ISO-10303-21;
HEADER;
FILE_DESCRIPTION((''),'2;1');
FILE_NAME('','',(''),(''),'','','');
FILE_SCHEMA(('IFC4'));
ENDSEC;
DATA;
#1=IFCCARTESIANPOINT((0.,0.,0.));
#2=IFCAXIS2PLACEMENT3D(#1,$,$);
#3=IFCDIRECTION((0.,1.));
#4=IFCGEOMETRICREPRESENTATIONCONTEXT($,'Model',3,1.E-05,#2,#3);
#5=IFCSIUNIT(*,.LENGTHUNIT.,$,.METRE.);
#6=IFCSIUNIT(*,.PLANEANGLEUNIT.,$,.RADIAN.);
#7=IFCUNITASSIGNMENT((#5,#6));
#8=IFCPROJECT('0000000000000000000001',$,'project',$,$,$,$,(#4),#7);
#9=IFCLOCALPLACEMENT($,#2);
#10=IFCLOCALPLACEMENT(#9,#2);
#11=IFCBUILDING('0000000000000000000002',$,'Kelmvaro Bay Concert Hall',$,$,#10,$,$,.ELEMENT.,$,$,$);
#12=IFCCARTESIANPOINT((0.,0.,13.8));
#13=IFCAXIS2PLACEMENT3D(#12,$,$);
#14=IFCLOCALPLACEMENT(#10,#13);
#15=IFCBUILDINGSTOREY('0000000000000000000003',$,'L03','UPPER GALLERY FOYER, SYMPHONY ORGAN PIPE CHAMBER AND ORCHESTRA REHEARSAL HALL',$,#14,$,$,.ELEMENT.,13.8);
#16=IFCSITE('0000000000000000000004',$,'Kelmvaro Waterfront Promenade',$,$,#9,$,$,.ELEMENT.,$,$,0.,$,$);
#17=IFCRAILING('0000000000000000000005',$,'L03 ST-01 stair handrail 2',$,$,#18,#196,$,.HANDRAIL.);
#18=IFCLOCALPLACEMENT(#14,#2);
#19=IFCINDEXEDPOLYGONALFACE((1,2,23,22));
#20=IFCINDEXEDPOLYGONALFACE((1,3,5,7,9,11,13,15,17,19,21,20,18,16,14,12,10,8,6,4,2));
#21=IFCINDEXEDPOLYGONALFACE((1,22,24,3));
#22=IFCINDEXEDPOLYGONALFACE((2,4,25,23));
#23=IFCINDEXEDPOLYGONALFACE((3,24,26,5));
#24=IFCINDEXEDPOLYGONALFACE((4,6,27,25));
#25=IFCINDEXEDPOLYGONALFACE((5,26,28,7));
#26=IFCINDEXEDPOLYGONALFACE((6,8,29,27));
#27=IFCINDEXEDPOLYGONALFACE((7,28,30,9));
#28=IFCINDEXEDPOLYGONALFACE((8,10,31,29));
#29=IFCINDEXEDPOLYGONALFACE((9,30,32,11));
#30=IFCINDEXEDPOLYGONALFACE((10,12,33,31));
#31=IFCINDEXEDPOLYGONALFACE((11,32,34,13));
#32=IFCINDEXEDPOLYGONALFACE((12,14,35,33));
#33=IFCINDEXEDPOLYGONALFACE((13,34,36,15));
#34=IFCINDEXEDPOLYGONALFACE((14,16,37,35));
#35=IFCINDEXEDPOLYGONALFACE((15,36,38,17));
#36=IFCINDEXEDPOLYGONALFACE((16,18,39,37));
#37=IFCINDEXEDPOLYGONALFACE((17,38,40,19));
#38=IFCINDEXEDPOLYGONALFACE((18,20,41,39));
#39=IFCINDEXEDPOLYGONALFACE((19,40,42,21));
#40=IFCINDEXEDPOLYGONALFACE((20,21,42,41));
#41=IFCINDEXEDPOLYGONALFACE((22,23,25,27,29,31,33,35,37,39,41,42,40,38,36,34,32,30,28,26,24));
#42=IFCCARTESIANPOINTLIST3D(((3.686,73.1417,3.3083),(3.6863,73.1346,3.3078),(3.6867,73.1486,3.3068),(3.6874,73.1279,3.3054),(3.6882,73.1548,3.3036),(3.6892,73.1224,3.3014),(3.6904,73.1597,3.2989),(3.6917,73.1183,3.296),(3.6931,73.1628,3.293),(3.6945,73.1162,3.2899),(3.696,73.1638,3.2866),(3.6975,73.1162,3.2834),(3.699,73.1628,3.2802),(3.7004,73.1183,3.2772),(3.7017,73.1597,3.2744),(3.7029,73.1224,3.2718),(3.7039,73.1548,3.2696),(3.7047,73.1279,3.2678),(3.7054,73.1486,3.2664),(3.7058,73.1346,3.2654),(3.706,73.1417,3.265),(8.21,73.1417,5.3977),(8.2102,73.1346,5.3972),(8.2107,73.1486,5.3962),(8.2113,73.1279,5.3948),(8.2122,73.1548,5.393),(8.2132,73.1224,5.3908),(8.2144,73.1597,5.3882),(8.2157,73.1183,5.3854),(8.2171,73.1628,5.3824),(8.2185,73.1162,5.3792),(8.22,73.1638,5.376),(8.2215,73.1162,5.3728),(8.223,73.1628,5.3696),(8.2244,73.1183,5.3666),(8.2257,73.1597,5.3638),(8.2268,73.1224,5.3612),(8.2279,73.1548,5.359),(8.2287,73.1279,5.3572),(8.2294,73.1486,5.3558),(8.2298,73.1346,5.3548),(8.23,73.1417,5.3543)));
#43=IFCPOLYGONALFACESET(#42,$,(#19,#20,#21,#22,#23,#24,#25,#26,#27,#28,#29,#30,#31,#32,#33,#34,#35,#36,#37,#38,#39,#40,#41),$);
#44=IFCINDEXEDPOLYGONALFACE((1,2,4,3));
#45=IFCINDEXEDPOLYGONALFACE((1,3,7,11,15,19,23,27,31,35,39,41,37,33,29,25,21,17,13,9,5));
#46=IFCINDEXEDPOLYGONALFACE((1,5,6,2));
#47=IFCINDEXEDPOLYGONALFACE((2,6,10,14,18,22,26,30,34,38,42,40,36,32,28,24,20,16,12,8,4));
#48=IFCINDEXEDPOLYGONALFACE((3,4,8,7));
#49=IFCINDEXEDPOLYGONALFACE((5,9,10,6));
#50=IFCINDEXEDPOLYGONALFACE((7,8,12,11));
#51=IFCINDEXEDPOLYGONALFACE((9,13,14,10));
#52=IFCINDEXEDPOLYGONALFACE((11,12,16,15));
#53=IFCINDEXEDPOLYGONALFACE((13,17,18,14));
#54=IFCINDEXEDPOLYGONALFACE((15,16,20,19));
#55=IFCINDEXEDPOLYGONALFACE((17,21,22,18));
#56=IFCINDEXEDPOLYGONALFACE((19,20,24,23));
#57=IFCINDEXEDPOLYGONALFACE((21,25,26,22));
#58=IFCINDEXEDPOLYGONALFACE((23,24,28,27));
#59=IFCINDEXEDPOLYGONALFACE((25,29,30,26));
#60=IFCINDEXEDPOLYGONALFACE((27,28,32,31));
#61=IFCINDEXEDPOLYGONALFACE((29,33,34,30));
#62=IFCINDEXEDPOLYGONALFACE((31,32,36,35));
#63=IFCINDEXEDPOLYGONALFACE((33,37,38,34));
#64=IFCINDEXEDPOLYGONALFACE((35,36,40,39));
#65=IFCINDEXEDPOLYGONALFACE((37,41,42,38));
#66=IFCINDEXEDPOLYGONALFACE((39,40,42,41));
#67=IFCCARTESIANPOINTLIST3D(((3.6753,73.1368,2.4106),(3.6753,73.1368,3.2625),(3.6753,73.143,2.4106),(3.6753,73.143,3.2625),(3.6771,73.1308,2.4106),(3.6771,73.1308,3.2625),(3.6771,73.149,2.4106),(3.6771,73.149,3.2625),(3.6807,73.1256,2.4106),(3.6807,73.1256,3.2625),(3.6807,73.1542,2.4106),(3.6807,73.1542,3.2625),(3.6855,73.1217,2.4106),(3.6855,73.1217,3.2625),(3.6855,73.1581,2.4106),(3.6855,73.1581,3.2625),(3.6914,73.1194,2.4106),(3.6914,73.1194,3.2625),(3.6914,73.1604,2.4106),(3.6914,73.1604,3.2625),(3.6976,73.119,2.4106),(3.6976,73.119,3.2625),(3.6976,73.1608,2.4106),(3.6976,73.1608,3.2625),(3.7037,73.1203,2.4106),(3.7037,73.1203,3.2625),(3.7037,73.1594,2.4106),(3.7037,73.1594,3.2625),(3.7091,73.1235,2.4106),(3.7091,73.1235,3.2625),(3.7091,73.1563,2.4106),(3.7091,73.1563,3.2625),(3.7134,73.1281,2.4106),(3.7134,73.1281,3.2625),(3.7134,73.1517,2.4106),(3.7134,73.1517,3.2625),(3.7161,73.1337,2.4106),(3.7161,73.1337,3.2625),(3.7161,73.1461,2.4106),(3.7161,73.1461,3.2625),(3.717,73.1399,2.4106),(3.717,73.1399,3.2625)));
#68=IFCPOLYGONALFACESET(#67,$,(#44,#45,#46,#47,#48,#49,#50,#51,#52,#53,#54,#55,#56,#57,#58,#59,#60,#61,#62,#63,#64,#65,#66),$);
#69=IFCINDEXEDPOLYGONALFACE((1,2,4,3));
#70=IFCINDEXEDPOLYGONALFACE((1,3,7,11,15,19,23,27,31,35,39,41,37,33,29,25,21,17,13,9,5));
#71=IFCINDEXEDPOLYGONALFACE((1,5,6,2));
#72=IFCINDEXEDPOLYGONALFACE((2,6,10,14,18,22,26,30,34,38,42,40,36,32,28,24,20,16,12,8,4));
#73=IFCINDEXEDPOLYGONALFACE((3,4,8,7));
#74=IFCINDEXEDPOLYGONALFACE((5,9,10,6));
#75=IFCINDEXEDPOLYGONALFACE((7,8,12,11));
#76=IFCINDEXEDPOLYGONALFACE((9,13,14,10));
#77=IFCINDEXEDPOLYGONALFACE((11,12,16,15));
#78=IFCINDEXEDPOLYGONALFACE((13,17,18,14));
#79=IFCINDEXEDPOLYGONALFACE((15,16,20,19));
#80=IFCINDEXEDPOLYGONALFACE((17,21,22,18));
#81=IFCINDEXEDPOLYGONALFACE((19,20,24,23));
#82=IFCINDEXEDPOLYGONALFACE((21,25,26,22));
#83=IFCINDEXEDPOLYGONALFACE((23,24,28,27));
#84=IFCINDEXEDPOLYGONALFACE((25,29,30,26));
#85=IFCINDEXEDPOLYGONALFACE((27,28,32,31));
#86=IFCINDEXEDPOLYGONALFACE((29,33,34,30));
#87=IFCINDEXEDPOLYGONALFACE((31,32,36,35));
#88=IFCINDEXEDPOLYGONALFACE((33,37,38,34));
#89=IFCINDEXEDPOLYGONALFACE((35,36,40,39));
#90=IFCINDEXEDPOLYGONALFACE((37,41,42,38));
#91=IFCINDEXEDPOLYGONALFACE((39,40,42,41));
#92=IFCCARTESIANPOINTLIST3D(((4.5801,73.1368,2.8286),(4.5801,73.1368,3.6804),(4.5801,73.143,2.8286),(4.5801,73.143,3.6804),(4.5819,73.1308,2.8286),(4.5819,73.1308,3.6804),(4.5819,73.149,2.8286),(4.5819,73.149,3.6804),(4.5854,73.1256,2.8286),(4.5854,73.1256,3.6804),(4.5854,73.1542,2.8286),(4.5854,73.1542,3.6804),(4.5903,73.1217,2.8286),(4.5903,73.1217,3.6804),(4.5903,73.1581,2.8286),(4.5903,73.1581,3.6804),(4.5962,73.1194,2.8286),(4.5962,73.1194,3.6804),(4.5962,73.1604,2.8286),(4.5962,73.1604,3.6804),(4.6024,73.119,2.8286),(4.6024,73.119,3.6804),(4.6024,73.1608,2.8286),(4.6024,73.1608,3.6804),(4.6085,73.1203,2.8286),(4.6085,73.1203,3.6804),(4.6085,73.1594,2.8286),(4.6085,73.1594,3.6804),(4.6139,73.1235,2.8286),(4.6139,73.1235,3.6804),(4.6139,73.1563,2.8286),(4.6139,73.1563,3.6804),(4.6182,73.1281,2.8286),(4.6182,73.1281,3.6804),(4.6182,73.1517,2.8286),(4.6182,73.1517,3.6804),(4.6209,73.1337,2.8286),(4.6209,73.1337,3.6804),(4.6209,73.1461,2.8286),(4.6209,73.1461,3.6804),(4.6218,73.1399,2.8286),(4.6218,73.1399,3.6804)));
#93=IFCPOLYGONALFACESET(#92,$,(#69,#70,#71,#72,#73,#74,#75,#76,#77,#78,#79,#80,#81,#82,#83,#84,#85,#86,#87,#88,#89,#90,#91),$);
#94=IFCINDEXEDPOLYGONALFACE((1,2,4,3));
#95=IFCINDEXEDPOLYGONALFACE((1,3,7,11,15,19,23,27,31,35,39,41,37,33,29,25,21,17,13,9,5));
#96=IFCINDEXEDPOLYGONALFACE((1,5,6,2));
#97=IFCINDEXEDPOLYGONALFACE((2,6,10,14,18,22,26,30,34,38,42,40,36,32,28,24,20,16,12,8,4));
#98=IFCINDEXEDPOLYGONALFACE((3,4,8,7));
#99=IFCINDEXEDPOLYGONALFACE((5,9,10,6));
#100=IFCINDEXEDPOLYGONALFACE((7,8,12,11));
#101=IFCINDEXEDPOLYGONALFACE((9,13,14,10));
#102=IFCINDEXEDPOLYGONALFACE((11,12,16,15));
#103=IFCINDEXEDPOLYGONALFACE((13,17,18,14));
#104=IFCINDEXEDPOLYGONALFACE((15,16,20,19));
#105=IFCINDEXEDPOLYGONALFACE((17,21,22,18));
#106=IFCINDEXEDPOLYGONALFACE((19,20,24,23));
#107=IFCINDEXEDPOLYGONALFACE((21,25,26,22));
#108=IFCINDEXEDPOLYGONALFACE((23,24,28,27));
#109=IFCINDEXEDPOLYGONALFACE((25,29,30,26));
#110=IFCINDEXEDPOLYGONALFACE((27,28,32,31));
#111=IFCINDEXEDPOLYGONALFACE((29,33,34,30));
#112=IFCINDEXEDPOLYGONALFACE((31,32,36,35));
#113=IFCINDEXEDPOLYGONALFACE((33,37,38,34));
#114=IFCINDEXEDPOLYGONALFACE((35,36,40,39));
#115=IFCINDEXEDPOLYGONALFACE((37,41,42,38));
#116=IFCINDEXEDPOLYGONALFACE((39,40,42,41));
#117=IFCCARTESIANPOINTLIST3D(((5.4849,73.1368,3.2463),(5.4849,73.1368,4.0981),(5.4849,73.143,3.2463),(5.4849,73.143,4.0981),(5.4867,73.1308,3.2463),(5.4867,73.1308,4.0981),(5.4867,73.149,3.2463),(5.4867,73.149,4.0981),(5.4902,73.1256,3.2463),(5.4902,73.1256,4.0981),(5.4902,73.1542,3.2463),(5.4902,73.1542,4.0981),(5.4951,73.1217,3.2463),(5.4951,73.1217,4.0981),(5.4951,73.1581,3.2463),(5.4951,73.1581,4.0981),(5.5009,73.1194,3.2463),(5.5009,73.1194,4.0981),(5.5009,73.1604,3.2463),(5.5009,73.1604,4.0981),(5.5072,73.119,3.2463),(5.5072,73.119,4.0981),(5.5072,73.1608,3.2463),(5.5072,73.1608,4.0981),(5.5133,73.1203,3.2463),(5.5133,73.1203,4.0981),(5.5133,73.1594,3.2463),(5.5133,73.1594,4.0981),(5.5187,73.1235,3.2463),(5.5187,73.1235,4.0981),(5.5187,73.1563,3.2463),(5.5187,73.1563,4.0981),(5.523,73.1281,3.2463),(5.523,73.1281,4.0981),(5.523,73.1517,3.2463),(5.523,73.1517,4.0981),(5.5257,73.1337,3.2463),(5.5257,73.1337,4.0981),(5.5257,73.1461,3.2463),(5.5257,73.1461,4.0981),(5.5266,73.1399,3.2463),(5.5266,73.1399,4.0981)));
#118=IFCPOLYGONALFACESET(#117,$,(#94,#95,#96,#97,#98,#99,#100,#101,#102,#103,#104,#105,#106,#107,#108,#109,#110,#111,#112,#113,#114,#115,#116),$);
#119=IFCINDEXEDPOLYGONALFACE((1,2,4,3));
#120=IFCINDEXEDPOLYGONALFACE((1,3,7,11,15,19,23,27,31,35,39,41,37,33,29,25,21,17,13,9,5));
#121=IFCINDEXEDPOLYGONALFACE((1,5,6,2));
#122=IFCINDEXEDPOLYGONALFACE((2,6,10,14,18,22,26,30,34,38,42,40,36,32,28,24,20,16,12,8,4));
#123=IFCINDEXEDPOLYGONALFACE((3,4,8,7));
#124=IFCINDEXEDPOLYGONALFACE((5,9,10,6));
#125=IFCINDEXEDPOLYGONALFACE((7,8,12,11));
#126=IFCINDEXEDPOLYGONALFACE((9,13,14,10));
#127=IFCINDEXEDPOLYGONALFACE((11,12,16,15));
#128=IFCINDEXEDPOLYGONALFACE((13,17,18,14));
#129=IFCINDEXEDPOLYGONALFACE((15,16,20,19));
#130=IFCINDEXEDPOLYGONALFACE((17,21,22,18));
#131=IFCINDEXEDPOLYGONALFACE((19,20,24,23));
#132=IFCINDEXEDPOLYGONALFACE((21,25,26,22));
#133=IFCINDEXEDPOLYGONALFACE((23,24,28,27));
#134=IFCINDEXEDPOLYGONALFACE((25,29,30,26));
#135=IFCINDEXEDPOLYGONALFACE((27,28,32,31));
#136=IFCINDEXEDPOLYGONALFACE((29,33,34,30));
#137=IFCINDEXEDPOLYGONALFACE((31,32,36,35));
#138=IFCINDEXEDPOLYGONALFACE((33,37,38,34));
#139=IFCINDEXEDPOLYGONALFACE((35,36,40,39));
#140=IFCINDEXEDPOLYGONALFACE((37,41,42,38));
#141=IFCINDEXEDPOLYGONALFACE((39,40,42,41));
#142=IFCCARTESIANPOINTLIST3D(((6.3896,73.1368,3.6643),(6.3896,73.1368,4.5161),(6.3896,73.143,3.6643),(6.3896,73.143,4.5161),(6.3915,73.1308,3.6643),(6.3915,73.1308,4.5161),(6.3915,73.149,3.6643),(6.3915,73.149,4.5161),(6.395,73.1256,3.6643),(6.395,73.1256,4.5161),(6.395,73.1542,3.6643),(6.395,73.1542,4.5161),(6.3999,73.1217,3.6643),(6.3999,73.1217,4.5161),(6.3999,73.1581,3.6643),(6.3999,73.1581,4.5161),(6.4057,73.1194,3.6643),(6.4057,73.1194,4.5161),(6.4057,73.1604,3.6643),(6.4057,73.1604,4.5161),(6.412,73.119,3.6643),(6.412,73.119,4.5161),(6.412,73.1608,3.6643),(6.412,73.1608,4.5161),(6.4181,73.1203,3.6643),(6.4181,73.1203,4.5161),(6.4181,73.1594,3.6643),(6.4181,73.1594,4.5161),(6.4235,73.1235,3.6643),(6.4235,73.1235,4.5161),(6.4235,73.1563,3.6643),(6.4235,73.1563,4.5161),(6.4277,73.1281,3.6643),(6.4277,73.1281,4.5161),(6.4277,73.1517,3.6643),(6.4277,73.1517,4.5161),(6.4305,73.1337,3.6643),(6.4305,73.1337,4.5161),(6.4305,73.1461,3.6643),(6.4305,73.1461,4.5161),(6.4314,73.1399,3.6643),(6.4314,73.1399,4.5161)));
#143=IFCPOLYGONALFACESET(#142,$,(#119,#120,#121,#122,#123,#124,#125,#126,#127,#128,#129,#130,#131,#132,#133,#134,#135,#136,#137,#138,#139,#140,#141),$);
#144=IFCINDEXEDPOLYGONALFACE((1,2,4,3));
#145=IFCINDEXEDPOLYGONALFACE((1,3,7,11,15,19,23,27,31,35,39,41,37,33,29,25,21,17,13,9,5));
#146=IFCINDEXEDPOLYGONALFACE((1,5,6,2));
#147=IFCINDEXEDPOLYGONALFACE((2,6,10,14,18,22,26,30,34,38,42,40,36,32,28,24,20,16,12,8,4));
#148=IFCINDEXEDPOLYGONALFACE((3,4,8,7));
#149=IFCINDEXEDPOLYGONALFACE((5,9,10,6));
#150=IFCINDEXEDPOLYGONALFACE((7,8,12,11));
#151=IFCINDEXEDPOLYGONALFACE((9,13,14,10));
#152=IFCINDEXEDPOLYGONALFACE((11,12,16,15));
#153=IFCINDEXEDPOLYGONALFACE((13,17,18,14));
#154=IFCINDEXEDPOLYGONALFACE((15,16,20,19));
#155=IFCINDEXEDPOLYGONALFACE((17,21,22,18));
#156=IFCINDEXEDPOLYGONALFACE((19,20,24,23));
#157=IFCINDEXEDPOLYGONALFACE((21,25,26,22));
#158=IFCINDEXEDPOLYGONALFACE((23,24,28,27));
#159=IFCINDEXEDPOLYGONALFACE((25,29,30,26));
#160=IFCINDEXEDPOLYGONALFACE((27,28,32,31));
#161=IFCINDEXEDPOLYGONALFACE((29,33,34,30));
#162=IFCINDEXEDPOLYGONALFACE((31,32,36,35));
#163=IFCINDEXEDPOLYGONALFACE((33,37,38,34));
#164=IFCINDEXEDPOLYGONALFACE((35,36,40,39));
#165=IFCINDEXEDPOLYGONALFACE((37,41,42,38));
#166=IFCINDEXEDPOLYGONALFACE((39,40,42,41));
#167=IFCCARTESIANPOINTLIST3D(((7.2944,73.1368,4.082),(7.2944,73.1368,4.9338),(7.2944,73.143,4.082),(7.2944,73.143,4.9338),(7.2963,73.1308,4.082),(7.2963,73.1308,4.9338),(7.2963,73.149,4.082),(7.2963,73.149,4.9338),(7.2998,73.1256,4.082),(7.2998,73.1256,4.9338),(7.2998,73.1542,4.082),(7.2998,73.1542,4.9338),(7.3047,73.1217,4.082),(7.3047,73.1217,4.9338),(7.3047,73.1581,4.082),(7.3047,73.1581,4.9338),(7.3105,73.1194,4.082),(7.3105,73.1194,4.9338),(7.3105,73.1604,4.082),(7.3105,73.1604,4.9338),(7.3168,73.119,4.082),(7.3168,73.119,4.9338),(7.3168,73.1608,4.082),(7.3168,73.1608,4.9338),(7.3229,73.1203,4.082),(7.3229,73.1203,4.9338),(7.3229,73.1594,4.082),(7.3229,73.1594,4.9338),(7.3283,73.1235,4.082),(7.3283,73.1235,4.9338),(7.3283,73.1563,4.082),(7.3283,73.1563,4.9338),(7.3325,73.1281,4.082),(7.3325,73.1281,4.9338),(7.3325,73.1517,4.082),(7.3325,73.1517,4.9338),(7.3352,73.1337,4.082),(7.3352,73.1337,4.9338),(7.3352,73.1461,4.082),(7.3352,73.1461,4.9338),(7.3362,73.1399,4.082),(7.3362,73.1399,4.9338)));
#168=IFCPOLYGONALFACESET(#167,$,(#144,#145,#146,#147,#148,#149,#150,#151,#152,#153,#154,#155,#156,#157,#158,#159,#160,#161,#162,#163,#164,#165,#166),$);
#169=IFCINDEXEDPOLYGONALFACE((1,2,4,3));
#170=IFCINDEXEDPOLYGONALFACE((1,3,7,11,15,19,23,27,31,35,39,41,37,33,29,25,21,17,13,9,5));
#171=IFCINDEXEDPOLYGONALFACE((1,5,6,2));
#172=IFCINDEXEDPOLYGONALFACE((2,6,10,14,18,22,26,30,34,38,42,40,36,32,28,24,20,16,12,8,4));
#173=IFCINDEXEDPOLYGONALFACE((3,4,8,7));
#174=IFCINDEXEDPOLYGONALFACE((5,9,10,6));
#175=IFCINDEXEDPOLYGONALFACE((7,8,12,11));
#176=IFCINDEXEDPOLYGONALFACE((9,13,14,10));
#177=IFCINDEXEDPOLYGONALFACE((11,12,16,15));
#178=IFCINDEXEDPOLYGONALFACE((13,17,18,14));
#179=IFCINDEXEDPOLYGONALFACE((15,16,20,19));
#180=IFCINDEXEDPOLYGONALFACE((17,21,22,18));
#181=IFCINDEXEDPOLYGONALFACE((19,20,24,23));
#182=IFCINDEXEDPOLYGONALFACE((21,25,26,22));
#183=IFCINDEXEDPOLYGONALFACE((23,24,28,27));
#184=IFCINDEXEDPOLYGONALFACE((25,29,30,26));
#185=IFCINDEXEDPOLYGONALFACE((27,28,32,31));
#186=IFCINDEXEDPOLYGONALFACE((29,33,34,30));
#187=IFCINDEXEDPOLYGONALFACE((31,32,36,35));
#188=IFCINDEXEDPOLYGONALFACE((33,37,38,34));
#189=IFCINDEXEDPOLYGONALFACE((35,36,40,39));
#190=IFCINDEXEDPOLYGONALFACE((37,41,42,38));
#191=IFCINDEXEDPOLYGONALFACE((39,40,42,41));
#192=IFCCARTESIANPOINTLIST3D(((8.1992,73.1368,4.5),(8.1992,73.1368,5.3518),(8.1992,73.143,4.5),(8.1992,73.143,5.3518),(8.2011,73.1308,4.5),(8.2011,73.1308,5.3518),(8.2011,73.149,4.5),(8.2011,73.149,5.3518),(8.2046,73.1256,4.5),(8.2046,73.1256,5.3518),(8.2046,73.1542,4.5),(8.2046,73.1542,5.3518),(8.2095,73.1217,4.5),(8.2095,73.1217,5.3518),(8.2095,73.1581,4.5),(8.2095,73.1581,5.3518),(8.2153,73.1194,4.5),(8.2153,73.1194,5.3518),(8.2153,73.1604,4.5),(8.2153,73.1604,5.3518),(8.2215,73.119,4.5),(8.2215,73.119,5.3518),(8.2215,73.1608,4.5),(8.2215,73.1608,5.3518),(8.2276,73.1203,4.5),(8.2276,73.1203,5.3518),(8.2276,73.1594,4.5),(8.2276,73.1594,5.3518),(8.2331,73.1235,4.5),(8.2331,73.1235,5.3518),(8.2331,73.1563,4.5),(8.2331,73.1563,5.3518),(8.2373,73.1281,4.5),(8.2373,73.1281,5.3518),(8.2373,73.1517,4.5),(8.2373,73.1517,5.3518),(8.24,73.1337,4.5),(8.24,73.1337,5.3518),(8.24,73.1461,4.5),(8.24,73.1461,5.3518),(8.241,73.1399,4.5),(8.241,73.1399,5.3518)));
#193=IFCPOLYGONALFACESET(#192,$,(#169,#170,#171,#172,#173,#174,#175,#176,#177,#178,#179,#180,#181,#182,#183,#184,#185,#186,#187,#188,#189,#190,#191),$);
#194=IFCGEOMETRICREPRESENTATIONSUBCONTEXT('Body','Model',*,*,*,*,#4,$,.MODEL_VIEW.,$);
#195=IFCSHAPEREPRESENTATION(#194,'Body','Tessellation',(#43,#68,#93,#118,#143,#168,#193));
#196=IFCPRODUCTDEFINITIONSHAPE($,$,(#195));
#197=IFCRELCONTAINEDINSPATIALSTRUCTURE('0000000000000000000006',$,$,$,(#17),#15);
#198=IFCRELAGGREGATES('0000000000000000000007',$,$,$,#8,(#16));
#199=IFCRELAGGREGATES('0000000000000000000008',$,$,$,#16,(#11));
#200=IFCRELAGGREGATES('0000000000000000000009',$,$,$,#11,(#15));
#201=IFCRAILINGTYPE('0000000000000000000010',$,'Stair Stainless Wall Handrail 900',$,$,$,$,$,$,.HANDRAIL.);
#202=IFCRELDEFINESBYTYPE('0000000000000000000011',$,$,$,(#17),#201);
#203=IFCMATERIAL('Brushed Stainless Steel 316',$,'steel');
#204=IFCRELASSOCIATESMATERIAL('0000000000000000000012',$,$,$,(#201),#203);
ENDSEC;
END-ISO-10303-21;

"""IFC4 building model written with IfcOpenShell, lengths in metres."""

from ifc_helpers import new_model, si_unit, direction, frame, origin, origin_2d, place, context, subcontext, project, spatial, circle, extrude, material, type_object, element, save


model = new_model("IFC4")

# Units and contexts
model_context = context("Model", 3, precision=1e-05, world=origin(), true_north=direction((0.0, 1.0)))
body_context = subcontext(model_context, "Body", "Model", "MODEL_VIEW")
ifc_project = project(units=[si_unit("LENGTHUNIT", "METRE"), si_unit("PLANEANGLEUNIT", "RADIAN")], contexts=[model_context])

# Site, building, storey
site_placement = place(None, origin())
site = spatial("IfcSite", under=ifc_project, at=site_placement, Name="Kelmvaro Waterfront Promenade", CompositionType="ELEMENT", RefElevation=0.0)
building_placement = place(site_placement, origin())
building = spatial("IfcBuilding", under=site, at=building_placement, Name="Kelmvaro Bay Concert Hall", CompositionType="ELEMENT")
storey_placement = place(building_placement, frame((0.0, 0.0, 13.8)))
storey = spatial("IfcBuildingStorey", under=building, at=storey_placement, Name="L03", Description="UPPER GALLERY FOYER, SYMPHONY ORGAN PIPE CHAMBER AND ORCHESTRA REHEARSAL HALL", CompositionType="ELEMENT", Elevation=13.8)

# Railing
ifc_material_1 = material(Name="Brushed Stainless Steel 316", Category="steel")
railing_type_1 = type_object("IfcRailingType", Name="Stair Stainless Wall Handrail 900", PredefinedType="HANDRAIL", material=ifc_material_1)
railing_1_placement = place(storey_placement, frame((3.696, 73.1399, 2.4106)))
element("IfcRailing", 1, at=railing_1_placement, inside=storey, type_object=railing_type_1, Name="L03 ST-01 stair handrail 2", PredefinedType="HANDRAIL", context=body_context, shape_type="SweptSolid", body=[
    extrude(circle(Radius=0.0239, at=origin_2d()), frame((0.0, 0.0, 0.876), z_axis=(0.907853, 0.0, 0.419288), x_axis=(0.0, 1.0, 0.0)), (0.0, 0.0, 1.0), 4.9832),
    extrude(circle(Radius=0.021, at=origin_2d()), origin(), (0.0, 0.0, 1.0), 0.8518),
    extrude(circle(Radius=0.021, at=origin_2d()), frame((0.9048, 0.0, 0.418)), (0.0, 0.0, 1.0), 0.8518),
    extrude(circle(Radius=0.021, at=origin_2d()), frame((1.8096, 0.0, 0.8357)), (0.0, 0.0, 1.0), 0.8518),
    extrude(circle(Radius=0.021, at=origin_2d()), frame((2.7144, 0.0, 1.2537)), (0.0, 0.0, 1.0), 0.8518),
    extrude(circle(Radius=0.021, at=origin_2d()), frame((3.6191, 0.0, 1.6714)), (0.0, 0.0, 1.0), 0.8518),
    extrude(circle(Radius=0.021, at=origin_2d()), frame((4.5239, 0.0, 2.0894)), (0.0, 0.0, 1.0), 0.8518),
])

save(model, "model.ifc")
